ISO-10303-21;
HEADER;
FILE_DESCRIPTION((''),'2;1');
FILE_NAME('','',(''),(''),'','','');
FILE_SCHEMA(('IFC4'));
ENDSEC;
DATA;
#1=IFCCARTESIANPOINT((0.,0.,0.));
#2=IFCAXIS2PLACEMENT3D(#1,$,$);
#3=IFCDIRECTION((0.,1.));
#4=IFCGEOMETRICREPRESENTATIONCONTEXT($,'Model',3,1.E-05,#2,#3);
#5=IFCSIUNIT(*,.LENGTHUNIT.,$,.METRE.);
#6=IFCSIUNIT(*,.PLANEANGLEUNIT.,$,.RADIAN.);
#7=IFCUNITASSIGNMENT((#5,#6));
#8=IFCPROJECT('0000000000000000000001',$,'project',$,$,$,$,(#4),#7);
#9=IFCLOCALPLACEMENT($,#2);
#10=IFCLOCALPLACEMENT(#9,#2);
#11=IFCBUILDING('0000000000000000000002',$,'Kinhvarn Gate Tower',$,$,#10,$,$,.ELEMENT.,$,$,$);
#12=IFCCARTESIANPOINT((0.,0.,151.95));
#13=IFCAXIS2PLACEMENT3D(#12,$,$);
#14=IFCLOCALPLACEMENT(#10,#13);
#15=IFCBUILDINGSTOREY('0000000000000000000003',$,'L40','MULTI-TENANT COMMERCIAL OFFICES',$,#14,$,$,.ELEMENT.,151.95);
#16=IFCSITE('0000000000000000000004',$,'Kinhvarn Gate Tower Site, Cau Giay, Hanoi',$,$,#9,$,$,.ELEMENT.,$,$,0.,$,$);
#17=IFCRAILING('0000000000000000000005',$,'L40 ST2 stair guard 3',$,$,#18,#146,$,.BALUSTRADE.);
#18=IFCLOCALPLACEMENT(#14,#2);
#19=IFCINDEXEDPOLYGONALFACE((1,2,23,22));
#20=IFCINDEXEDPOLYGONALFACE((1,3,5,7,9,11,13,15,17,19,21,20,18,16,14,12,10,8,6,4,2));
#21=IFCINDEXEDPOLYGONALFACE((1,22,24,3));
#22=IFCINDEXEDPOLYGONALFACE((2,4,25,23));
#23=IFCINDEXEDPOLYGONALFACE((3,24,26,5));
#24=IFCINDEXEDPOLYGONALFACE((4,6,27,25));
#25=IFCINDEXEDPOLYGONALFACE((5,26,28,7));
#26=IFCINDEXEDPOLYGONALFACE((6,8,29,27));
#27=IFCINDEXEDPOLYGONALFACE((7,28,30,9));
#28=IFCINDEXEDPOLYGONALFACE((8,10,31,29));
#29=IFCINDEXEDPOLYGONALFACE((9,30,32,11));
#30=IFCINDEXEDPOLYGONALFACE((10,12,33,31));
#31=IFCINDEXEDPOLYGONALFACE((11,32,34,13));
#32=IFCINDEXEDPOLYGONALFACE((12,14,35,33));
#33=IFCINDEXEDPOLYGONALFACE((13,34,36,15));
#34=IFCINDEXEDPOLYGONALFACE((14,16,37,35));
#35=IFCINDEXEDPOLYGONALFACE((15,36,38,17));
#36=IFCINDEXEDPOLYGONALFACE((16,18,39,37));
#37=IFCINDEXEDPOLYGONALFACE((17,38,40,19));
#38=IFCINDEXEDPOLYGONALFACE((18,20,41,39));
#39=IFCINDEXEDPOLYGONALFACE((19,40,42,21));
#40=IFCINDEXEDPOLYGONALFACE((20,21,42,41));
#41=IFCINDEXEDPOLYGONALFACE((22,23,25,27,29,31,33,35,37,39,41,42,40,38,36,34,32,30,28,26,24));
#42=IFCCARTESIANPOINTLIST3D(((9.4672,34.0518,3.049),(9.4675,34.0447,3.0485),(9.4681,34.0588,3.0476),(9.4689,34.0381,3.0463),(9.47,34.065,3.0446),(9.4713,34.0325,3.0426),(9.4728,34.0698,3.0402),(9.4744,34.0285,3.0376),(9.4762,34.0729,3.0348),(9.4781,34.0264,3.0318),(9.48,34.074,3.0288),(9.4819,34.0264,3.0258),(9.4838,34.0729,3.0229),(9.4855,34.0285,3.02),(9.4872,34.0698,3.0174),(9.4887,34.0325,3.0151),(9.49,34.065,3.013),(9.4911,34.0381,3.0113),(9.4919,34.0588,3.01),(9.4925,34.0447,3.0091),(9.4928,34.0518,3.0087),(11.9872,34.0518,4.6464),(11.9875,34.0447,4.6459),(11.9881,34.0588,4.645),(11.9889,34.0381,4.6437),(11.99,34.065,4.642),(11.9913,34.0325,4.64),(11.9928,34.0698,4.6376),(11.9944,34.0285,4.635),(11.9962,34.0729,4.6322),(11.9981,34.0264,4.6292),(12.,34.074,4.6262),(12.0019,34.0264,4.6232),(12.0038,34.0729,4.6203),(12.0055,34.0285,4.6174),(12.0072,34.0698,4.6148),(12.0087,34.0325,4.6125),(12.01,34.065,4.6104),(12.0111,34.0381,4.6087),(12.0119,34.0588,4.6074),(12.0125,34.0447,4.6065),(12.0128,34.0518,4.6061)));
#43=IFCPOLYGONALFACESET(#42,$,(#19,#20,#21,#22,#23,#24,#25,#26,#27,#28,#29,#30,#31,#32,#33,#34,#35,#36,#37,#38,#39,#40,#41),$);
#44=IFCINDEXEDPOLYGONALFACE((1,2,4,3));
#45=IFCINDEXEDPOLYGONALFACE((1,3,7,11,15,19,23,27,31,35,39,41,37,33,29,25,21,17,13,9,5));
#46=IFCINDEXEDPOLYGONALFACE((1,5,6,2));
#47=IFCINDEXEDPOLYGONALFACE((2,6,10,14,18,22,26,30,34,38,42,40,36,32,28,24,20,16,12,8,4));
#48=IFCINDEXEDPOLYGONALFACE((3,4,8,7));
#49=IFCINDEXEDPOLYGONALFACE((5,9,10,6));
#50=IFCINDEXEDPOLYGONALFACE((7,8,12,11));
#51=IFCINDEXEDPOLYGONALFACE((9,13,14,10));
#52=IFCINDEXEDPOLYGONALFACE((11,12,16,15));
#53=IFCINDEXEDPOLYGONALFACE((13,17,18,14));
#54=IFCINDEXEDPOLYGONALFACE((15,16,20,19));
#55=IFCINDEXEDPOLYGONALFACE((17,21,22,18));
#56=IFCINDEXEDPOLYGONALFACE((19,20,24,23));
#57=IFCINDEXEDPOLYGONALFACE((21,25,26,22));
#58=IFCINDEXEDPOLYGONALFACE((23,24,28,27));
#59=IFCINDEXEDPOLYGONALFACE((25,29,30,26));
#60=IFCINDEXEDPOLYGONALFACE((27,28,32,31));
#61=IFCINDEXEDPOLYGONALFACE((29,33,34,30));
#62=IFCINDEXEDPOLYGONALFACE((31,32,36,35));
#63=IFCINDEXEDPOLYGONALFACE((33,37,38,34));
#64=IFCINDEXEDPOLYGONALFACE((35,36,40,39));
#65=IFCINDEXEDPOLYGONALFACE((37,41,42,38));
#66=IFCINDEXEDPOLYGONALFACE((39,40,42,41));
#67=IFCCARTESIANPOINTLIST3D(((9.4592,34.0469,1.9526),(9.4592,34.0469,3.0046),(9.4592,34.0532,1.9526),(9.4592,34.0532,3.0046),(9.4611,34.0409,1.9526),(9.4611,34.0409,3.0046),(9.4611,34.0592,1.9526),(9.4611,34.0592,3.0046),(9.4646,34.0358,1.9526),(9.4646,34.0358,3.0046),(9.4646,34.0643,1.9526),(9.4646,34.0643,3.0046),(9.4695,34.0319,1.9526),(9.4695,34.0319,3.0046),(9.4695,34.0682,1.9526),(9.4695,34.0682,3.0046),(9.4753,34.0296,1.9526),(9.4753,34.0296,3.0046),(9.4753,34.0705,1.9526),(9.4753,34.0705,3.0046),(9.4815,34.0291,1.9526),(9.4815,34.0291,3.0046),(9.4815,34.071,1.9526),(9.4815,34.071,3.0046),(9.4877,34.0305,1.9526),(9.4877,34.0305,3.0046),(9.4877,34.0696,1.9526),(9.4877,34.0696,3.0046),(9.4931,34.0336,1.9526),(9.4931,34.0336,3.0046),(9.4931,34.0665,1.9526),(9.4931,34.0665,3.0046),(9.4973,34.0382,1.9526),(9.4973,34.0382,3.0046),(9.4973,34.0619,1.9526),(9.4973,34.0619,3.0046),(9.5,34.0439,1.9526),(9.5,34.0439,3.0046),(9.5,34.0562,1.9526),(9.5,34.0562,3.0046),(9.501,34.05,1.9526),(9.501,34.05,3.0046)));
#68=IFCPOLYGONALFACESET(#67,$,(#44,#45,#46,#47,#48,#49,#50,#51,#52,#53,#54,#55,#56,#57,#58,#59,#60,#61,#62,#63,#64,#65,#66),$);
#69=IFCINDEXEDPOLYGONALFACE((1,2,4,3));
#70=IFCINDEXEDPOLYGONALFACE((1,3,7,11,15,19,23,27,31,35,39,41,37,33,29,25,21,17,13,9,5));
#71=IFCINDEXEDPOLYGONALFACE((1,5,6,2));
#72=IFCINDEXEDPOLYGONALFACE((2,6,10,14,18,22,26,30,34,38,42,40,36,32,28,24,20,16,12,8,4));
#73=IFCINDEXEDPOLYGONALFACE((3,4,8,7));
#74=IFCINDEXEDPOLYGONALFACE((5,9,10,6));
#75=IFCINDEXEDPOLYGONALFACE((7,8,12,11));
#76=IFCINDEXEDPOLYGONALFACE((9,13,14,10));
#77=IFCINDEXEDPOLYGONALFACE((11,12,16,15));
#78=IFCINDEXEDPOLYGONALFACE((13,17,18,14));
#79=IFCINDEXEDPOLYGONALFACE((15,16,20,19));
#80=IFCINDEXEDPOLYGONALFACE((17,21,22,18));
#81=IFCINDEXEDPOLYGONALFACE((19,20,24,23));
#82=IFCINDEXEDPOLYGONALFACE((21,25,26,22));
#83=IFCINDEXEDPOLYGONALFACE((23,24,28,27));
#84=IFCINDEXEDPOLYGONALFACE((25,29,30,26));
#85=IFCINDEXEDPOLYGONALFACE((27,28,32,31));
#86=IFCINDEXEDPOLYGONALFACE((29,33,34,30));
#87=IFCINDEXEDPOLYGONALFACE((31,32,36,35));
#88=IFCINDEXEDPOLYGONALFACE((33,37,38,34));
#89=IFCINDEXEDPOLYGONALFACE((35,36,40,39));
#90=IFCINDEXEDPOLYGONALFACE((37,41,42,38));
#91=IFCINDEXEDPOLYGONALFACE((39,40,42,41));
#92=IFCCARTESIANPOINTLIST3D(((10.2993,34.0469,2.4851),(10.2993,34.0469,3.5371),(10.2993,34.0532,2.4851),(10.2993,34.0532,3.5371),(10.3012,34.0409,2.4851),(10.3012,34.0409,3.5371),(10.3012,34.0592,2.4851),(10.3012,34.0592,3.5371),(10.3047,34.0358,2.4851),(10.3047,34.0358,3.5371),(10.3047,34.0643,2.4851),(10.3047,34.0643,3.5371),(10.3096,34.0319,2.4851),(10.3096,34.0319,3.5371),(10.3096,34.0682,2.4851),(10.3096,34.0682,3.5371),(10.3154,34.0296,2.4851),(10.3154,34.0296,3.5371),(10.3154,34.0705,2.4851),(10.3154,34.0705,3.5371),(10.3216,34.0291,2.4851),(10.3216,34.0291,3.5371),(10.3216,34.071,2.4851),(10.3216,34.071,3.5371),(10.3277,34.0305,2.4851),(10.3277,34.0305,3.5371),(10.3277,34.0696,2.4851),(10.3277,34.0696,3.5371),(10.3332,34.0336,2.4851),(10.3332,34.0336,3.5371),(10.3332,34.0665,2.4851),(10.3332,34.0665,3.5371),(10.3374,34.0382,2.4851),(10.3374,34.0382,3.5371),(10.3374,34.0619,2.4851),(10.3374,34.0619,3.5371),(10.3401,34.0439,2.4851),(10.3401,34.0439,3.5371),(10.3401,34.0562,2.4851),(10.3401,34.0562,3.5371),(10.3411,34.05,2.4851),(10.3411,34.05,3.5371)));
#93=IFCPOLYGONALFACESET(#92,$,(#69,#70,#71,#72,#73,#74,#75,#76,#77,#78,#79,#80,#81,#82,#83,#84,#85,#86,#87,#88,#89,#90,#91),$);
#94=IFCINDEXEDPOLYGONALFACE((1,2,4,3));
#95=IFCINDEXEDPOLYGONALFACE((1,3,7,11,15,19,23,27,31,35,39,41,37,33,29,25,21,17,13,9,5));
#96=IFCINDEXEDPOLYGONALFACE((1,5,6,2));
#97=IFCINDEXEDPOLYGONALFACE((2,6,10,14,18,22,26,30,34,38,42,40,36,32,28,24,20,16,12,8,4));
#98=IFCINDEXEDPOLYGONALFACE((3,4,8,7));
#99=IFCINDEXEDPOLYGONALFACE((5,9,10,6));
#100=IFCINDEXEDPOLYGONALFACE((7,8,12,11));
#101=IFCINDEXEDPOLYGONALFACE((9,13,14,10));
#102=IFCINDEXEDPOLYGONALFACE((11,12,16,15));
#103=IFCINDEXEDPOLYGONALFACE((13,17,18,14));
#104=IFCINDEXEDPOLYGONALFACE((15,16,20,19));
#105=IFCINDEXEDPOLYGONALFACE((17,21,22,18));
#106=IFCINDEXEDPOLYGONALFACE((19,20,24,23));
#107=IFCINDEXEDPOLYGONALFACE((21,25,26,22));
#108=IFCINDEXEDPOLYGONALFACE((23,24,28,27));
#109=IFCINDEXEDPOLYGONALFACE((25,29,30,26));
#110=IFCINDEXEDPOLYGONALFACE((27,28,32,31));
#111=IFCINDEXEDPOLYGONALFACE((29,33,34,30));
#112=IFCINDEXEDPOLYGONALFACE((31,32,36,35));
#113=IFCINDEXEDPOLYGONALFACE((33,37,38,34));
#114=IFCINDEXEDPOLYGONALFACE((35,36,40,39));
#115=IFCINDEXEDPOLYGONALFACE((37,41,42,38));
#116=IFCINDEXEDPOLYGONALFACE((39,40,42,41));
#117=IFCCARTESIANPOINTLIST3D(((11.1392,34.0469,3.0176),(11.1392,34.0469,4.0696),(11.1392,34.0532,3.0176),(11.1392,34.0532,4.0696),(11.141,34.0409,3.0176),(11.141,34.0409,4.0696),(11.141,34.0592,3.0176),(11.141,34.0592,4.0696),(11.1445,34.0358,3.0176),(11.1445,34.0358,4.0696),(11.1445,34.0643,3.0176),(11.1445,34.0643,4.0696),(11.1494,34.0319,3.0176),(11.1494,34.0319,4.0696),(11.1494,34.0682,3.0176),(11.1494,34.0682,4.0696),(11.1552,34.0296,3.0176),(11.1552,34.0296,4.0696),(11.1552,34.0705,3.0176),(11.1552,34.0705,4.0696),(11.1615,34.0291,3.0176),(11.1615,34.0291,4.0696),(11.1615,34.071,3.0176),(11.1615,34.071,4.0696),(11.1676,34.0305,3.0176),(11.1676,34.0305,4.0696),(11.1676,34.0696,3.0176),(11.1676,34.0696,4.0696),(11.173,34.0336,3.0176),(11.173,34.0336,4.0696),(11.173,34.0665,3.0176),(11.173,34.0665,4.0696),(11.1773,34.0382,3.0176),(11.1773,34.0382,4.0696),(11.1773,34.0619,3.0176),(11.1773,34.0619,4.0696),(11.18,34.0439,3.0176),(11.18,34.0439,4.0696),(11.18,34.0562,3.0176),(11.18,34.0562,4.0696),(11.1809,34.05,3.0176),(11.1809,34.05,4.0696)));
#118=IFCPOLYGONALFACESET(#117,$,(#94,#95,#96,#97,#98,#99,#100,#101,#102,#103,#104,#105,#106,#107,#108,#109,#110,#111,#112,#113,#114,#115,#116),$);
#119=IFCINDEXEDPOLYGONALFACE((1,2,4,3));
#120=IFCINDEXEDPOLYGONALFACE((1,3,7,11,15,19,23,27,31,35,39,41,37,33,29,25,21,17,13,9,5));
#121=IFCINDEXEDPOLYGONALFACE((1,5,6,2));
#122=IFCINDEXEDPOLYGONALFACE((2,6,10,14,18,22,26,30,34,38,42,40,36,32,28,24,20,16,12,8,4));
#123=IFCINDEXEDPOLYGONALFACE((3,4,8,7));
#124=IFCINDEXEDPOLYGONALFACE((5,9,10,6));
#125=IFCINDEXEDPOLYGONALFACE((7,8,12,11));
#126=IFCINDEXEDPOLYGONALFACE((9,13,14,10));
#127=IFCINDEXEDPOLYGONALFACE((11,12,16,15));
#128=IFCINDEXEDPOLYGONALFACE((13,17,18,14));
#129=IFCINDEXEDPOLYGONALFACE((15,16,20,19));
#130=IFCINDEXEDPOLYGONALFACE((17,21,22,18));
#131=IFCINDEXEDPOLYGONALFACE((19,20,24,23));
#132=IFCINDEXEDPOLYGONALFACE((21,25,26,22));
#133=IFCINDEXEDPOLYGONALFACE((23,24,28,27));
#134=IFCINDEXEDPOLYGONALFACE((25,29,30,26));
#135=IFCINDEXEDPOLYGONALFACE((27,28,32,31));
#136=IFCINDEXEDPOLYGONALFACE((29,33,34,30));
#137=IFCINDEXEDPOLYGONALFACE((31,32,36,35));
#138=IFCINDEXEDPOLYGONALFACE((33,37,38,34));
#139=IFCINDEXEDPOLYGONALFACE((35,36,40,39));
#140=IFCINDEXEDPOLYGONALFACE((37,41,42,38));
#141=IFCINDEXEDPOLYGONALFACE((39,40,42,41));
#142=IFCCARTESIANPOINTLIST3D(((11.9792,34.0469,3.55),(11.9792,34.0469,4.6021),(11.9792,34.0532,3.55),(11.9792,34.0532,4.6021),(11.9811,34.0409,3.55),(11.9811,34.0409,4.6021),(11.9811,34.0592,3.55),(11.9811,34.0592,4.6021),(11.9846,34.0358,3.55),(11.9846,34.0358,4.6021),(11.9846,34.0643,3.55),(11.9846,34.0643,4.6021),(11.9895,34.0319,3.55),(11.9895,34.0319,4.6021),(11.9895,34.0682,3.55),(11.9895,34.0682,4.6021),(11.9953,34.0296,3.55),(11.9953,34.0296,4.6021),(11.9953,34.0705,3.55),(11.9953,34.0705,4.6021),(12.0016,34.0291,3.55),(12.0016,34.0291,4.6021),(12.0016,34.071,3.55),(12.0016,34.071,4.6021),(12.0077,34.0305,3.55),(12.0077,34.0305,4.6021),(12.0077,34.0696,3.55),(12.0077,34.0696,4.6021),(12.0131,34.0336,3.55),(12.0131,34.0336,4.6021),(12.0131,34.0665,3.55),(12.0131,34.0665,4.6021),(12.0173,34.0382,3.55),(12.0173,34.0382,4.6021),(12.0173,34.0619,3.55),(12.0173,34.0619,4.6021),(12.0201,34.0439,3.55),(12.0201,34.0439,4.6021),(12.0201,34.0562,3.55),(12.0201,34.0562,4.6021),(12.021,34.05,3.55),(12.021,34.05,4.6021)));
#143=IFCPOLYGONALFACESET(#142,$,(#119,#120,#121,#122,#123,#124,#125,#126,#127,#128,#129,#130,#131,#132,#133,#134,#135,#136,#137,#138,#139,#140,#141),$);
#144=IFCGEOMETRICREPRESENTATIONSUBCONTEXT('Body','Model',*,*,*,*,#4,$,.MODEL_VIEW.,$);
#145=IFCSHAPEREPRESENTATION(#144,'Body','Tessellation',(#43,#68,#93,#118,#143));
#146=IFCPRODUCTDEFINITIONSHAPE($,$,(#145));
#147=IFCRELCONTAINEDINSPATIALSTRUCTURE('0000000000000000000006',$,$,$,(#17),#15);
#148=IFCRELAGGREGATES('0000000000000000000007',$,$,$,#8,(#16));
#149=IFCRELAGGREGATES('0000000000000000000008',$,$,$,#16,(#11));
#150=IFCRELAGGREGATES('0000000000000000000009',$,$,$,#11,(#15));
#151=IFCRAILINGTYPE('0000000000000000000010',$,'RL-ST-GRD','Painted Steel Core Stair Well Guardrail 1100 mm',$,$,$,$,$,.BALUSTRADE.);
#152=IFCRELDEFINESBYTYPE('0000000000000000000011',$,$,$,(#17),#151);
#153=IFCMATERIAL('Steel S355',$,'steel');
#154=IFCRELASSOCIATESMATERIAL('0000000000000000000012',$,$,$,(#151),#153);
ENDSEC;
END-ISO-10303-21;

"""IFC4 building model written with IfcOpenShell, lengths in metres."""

from ifc_helpers import new_model, si_unit, direction, frame, origin, origin_2d, place, context, subcontext, project, spatial, circle, extrude, material, type_object, element, save


model = new_model("IFC4")

# Units and contexts
model_context = context("Model", 3, precision=1e-05, world=origin(), true_north=direction((0.0, 1.0)))
body_context = subcontext(model_context, "Body", "Model", "MODEL_VIEW")
ifc_project = project(units=[si_unit("LENGTHUNIT", "METRE"), si_unit("PLANEANGLEUNIT", "RADIAN")], contexts=[model_context])

# Site, building, storey
site_placement = place(None, origin())
site = spatial("IfcSite", under=ifc_project, at=site_placement, Name="Kinhvarn Gate Tower Site, Cau Giay, Hanoi", CompositionType="ELEMENT", RefElevation=0.0)
building_placement = place(site_placement, origin())
building = spatial("IfcBuilding", under=site, at=building_placement, Name="Kinhvarn Gate Tower", CompositionType="ELEMENT")
storey_placement = place(building_placement, frame((0.0, 0.0, 151.95)))
storey = spatial("IfcBuildingStorey", under=building, at=storey_placement, Name="L40", Description="MULTI-TENANT COMMERCIAL OFFICES", CompositionType="ELEMENT", Elevation=151.95)

# Shared definitions
ifc_material_1 = material(Name="Steel S355", Category="steel")

# Railing
railing_type_1 = type_object("IfcRailingType", Name="RL-ST-GRD", Description="Painted Steel Core Stair Well Guardrail 1100 mm", PredefinedType="BALUSTRADE", material=ifc_material_1)
railing_1_placement = place(storey_placement, frame((9.48, 34.05, 1.9526)))
element("IfcRailing", 1, at=railing_1_placement, inside=storey, type_object=railing_type_1, Name="L40 ST2 stair guard 3", PredefinedType="BALUSTRADE", context=body_context, shape_type="SweptSolid", body=[
    extrude(circle(Radius=0.0239, at=origin_2d()), frame((0.0, 0.0, 1.0762), z_axis=(0.844607, 0.0, 0.535387), x_axis=(0.0, 1.0, 0.0)), (0.0, 0.0, 1.0), 2.9836),
    extrude(circle(Radius=0.021, at=origin_2d()), origin(), (0.0, 0.0, 1.0), 1.052),
    extrude(circle(Radius=0.021, at=origin_2d()), frame((0.8401, 0.0, 0.5325)), (0.0, 0.0, 1.0), 1.052),
    extrude(circle(Radius=0.021, at=origin_2d()), frame((1.6799, 0.0, 1.0649)), (0.0, 0.0, 1.0), 1.052),
    extrude(circle(Radius=0.021, at=origin_2d()), frame((2.52, 0.0, 1.5974)), (0.0, 0.0, 1.0), 1.052),
])

save(model, "model.ifc")
